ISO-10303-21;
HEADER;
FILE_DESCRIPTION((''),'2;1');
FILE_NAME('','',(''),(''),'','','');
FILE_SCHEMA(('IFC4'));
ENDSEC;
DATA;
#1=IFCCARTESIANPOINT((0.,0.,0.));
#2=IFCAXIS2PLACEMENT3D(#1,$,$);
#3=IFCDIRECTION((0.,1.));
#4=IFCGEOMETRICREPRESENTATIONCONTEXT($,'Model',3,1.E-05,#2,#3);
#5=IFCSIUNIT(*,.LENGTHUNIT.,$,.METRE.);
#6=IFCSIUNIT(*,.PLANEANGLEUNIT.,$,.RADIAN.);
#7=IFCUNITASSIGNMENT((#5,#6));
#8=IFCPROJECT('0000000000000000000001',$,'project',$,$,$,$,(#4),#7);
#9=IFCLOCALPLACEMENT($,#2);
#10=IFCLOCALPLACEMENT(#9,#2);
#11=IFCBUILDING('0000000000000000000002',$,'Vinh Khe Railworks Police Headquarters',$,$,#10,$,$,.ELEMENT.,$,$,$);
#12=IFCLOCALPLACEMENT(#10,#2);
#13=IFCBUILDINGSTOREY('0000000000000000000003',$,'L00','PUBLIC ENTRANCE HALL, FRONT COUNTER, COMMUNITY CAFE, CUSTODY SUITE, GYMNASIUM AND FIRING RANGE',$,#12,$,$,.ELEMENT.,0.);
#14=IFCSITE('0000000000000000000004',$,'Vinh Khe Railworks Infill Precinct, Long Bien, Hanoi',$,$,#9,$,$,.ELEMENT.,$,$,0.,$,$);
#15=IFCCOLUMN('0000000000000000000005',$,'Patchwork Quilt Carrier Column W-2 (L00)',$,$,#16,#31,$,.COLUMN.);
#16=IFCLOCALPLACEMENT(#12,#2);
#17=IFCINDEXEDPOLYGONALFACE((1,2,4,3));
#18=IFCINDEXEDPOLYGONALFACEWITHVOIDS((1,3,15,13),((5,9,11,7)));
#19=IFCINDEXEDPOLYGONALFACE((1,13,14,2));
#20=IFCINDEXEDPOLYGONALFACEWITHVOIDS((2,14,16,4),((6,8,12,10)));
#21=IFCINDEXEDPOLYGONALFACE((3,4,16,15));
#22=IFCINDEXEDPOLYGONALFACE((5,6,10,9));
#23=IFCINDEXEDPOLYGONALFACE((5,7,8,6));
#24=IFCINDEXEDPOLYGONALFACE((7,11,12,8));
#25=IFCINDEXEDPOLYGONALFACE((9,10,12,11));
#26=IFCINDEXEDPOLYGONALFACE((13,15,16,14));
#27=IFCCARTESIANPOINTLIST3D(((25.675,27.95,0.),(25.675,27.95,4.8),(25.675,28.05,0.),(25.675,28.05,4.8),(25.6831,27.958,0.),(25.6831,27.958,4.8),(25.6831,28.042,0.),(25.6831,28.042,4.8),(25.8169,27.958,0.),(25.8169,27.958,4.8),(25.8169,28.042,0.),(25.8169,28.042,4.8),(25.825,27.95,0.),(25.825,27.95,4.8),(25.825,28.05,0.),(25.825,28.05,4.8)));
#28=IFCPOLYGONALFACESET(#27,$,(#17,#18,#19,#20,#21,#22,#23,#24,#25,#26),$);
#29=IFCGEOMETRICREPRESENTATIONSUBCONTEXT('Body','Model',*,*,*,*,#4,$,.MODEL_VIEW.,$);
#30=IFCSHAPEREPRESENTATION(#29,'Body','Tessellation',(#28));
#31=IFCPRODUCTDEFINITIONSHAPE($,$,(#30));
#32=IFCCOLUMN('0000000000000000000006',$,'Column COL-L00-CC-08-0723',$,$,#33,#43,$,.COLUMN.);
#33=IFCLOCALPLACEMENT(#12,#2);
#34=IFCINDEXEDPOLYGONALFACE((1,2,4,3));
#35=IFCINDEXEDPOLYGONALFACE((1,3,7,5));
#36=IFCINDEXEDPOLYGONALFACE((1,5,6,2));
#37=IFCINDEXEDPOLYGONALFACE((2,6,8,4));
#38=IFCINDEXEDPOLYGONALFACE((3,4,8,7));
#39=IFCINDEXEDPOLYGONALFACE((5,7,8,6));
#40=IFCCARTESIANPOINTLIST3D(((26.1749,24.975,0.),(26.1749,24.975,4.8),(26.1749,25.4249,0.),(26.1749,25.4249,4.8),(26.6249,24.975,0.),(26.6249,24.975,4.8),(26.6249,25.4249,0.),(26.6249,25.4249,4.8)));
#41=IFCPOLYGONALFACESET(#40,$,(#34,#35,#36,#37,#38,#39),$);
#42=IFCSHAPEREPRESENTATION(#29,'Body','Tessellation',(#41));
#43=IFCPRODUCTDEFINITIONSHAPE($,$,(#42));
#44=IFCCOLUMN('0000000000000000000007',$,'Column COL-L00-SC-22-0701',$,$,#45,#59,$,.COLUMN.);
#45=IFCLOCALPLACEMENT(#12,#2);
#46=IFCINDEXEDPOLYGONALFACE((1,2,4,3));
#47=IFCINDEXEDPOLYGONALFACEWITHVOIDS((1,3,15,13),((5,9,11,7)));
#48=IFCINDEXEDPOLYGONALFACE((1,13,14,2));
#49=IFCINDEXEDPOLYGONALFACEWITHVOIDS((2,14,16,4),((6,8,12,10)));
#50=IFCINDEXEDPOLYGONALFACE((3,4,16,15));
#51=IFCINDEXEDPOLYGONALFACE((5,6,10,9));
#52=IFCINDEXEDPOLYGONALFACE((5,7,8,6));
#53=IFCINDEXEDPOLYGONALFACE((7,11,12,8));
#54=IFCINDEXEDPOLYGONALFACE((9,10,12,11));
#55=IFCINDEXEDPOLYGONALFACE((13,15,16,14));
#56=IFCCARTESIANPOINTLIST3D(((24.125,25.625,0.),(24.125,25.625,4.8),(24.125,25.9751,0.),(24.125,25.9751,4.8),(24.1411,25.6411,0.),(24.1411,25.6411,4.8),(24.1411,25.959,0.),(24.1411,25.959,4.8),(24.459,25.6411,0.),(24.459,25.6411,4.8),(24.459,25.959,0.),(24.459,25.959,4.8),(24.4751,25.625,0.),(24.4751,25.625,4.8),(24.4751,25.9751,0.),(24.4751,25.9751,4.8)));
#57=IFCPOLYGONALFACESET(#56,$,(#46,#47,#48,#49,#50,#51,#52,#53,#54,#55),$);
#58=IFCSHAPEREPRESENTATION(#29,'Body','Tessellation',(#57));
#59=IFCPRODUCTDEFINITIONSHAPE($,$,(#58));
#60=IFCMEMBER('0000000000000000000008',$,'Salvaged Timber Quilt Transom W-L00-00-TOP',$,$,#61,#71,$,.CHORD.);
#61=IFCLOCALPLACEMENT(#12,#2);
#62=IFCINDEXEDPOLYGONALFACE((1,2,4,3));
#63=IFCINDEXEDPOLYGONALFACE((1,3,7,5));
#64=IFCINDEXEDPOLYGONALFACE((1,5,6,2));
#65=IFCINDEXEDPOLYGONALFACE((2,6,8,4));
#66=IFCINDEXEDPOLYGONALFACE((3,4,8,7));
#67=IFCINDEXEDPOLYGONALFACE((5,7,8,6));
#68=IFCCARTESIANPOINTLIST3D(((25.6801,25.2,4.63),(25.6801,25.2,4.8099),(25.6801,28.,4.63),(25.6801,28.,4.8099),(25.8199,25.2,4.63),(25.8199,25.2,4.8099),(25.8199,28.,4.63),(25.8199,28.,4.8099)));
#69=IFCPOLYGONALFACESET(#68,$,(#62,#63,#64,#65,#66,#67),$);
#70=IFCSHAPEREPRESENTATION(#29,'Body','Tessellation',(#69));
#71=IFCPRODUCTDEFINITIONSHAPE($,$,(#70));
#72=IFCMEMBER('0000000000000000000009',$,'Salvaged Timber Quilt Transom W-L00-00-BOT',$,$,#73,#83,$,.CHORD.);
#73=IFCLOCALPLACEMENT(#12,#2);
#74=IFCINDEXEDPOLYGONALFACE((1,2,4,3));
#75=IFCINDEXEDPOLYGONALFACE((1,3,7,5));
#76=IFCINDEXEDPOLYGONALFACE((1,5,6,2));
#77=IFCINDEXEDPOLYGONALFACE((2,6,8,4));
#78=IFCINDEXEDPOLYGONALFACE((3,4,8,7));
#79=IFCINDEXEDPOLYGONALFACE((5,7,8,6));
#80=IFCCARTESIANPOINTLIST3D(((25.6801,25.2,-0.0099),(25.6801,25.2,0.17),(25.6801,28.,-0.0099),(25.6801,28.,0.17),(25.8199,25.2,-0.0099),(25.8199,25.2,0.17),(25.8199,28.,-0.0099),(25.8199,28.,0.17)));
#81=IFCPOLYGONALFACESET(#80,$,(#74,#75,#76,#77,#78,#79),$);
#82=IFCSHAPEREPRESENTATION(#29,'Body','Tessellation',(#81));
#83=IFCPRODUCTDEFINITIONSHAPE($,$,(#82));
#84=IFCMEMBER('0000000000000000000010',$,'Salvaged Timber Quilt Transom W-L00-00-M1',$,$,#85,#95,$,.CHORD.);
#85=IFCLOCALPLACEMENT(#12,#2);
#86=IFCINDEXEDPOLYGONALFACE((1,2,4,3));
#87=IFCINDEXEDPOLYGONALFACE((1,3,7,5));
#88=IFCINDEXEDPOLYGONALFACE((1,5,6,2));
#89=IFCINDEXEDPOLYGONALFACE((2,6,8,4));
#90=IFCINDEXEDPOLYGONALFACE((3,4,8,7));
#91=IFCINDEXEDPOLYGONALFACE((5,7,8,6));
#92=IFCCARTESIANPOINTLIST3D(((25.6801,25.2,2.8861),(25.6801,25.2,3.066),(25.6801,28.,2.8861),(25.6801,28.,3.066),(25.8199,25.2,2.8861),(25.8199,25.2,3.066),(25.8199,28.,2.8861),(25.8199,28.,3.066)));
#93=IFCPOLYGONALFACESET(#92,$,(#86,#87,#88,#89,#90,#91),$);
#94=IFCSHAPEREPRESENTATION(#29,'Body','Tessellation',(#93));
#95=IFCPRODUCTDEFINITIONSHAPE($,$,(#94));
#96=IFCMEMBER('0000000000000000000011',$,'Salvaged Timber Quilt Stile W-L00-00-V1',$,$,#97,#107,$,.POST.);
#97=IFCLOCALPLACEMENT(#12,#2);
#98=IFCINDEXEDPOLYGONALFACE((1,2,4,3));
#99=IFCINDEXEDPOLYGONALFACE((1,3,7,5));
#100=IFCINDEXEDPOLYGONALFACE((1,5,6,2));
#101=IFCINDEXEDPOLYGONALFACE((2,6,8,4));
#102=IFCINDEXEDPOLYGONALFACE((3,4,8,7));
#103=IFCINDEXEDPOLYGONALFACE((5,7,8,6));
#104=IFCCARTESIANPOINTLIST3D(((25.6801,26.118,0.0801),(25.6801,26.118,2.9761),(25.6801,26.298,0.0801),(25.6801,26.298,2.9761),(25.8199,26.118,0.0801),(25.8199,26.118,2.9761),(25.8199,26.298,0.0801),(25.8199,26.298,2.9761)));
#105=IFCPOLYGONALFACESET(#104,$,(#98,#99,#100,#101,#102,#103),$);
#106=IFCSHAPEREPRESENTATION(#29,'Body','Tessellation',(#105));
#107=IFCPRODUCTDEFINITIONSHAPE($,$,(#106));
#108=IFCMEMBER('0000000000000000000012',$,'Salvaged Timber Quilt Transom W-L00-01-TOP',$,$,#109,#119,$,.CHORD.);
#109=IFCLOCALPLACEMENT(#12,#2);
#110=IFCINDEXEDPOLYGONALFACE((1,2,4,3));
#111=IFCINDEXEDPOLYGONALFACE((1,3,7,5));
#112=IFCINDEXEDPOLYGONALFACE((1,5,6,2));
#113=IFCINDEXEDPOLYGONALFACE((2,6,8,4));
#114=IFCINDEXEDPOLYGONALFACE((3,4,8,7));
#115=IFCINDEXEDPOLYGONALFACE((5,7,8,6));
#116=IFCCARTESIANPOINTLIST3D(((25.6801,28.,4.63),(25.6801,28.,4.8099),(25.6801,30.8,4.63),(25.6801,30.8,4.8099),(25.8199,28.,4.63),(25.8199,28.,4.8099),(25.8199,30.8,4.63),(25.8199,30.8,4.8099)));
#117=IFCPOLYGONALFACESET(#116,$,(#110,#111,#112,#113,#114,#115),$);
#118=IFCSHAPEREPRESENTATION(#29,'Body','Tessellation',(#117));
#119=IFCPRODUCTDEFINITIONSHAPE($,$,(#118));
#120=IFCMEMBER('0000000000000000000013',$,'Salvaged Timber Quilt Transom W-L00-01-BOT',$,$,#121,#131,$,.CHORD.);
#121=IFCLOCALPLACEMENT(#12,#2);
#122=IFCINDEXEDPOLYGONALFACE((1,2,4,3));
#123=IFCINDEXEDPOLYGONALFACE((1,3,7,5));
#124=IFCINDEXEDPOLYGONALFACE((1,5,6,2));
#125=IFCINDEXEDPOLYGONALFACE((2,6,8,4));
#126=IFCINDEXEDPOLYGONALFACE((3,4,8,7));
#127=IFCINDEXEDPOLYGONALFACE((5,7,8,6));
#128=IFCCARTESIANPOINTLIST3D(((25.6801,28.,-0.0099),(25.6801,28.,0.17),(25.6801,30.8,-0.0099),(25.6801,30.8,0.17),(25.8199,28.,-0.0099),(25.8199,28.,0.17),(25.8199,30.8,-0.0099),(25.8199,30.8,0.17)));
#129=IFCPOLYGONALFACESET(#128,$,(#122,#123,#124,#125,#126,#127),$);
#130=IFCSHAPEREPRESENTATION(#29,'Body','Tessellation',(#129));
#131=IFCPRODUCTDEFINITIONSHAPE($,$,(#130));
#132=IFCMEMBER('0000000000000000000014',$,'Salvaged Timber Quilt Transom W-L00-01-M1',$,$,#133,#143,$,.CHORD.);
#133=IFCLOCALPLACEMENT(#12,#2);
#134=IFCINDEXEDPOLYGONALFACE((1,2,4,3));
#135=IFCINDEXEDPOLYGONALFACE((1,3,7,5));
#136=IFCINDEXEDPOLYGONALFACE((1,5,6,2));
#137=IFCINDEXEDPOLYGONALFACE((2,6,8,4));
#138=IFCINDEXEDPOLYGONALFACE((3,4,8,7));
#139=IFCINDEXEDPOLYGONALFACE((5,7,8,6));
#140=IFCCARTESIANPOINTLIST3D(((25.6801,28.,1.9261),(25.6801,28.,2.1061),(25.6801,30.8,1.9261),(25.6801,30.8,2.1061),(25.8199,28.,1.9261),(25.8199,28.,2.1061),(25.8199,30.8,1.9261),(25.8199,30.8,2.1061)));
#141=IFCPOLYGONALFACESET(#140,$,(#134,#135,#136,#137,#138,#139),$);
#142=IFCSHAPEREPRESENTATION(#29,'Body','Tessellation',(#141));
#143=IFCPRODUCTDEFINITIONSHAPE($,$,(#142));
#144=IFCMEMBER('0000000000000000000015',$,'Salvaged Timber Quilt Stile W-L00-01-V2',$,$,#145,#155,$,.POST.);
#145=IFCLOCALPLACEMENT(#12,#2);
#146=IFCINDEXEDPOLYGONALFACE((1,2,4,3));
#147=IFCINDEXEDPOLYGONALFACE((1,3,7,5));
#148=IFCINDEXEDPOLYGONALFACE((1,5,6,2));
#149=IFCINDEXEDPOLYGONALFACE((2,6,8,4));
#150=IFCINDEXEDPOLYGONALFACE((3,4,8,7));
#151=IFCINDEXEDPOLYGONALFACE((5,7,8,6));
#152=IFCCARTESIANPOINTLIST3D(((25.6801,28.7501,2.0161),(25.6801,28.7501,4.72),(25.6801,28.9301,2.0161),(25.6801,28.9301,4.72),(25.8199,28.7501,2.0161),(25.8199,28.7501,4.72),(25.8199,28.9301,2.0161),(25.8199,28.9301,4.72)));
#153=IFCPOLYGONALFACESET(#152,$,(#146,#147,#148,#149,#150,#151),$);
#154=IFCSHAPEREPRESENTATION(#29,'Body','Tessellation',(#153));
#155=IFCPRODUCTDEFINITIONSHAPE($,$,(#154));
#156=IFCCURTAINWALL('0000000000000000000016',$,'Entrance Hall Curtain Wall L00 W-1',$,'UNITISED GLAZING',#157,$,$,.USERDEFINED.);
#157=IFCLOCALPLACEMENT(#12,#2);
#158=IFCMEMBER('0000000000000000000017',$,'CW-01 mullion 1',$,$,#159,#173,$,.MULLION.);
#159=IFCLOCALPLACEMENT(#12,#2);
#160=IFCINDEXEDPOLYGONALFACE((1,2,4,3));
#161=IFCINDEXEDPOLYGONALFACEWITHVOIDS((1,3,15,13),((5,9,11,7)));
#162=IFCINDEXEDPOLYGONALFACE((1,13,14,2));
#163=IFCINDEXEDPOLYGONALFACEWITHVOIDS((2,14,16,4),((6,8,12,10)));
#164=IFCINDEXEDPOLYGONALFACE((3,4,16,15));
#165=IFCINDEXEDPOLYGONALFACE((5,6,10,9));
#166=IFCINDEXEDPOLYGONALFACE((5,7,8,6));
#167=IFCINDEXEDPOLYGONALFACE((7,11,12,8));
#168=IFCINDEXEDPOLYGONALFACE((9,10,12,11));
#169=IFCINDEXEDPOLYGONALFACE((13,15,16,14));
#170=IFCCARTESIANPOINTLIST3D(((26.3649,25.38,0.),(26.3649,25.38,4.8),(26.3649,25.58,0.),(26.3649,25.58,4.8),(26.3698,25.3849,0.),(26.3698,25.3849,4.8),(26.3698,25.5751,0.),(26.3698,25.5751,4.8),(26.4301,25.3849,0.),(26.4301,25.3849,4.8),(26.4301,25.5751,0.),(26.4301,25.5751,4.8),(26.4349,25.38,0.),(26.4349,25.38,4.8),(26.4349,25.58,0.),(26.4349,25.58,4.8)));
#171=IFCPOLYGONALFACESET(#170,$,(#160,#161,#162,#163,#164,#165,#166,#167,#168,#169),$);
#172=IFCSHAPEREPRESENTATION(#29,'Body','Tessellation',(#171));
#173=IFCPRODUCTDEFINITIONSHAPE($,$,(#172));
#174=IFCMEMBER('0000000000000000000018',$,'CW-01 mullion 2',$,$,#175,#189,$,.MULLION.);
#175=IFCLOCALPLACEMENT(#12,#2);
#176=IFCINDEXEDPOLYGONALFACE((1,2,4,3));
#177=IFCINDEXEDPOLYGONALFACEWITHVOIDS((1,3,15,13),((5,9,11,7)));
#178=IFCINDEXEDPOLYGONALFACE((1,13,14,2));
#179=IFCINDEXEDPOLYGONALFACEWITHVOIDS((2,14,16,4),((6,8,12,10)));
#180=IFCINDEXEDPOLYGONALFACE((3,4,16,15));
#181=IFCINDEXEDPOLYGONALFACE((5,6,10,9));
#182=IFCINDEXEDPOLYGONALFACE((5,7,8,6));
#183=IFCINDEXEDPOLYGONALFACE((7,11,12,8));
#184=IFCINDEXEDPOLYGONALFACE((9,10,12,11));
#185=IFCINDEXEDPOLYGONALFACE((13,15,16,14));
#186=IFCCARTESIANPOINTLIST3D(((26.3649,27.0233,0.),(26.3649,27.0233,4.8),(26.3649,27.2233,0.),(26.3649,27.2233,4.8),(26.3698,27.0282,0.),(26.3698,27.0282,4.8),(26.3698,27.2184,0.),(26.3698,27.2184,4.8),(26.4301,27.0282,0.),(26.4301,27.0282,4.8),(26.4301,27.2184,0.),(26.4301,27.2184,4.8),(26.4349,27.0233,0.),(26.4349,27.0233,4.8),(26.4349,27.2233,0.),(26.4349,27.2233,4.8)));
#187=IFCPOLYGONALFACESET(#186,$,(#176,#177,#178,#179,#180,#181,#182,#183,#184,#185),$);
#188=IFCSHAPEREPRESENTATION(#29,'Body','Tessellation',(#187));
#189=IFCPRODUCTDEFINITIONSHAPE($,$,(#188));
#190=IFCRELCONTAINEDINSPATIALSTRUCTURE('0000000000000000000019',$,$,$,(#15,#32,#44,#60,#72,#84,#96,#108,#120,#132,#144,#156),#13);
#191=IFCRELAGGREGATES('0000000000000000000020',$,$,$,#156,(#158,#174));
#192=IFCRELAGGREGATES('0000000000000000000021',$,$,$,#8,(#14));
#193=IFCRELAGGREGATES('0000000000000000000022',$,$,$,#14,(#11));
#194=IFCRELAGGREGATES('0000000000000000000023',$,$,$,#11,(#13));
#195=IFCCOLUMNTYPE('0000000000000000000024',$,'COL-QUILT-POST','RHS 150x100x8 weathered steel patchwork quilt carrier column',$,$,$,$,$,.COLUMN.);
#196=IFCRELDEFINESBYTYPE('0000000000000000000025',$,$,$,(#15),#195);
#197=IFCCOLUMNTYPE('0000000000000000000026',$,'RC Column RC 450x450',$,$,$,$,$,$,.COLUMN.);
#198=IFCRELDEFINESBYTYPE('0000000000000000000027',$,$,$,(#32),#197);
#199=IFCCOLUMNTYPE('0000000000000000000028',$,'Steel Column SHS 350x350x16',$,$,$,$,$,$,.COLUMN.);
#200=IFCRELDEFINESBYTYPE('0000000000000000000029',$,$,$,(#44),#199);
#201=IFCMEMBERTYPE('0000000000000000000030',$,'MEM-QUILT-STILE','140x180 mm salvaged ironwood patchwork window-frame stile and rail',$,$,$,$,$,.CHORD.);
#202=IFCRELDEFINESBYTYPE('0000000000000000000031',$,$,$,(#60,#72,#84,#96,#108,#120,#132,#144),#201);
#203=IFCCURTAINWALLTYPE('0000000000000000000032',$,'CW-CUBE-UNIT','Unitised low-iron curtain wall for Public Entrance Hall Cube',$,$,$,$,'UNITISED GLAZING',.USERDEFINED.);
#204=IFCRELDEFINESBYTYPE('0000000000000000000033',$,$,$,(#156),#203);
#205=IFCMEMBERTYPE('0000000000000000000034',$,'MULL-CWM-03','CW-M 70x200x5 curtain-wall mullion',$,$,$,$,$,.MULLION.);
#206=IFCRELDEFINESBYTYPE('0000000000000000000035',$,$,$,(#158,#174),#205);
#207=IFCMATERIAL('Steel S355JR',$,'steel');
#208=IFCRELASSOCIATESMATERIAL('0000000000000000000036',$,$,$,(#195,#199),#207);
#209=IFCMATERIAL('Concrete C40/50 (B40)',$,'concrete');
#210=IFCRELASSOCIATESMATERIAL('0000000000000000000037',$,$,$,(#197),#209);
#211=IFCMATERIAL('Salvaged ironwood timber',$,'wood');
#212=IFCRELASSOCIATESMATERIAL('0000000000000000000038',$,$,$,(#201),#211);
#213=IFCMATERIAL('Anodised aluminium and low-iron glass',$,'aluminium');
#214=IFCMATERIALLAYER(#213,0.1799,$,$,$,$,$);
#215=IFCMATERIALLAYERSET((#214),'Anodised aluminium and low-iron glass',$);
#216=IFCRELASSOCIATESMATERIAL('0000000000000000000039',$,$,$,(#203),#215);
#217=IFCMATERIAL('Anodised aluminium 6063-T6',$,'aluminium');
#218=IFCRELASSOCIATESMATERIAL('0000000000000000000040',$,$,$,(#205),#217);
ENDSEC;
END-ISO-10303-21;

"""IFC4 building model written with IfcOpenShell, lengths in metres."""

from ifc_helpers import new_model, si_unit, direction, frame, origin, origin_2d, place, context, subcontext, project, spatial, rectangle, hollow_rectangle, extrude, material, layer, layer_set, material_profile, profile_set, type_object, element, aggregate, save


model = new_model("IFC4")

# Units and contexts
model_context = context("Model", 3, precision=1e-05, world=origin(), true_north=direction((0.0, 1.0)))
body_context = subcontext(model_context, "Body", "Model", "MODEL_VIEW")
ifc_project = project(units=[si_unit("LENGTHUNIT", "METRE"), si_unit("PLANEANGLEUNIT", "RADIAN")], contexts=[model_context])

# Site, building, storey
site_placement = place(None, origin())
site = spatial("IfcSite", under=ifc_project, at=site_placement, Name="Vinh Khe Railworks Infill Precinct, Long Bien, Hanoi", CompositionType="ELEMENT", RefElevation=0.0)
building_placement = place(site_placement, origin())
building = spatial("IfcBuilding", under=site, at=building_placement, Name="Vinh Khe Railworks Police Headquarters", CompositionType="ELEMENT")
storey_placement = place(building_placement, origin())
storey = spatial("IfcBuildingStorey", under=building, at=storey_placement, Name="L00", Description="PUBLIC ENTRANCE HALL, FRONT COUNTER, COMMUNITY CAFE, CUSTODY SUITE, GYMNASIUM AND FIRING RANGE", CompositionType="ELEMENT", Elevation=0.0)

# Columns
ifc_material_1 = material(Name="Steel S355JR", Category="steel")
ifc_material_profile_1 = material_profile(ifc_material_1, hollow_rectangle(XDim=0.1499, YDim=0.1001, WallThickness=0.0081, at=origin_2d()), Name="RHS 150x100x8")
ifc_profile_set_1 = profile_set([ifc_material_profile_1], Name="Steel S355JR")
column_type_1 = type_object("IfcColumnType", Name="COL-QUILT-POST", Description="RHS 150x100x8 weathered steel patchwork quilt carrier column", PredefinedType="COLUMN", material=ifc_profile_set_1)
column_1_placement = place(storey_placement, frame((25.75, 28.0, 0.0), z_axis=(0.0, 0.0, 1.0), x_axis=(1.0, 0.0, 0.0)))
element("IfcColumn", 1, at=column_1_placement, inside=storey, type_object=column_type_1, Name="Patchwork Quilt Carrier Column W-2 (L00)", PredefinedType="COLUMN", context=body_context, shape_type="SweptSolid", body=[
    extrude(hollow_rectangle(XDim=0.1499, YDim=0.1001, WallThickness=0.0081, at=origin_2d()), origin(), (0.0, 0.0, 1.0), 4.8),
])
ifc_material_2 = material(Name="Concrete C40/50 (B40)", Category="concrete")
ifc_material_profile_2 = material_profile(ifc_material_2, rectangle(XDim=0.45, YDim=0.45, at=origin_2d()), Name="RC 450x450")
ifc_profile_set_2 = profile_set([ifc_material_profile_2], Name="Concrete C40/50 (B40)")
column_type_2 = type_object("IfcColumnType", Name="RC Column RC 450x450", PredefinedType="COLUMN", material=ifc_profile_set_2)
column_2_placement = place(storey_placement, frame((26.3999, 25.2, 0.0), z_axis=(0.0, 0.0, 1.0), x_axis=(1.0, 0.0, 0.0)))
element("IfcColumn", 2, at=column_2_placement, inside=storey, type_object=column_type_2, Name="Column COL-L00-CC-08-0723", PredefinedType="COLUMN", context=body_context, shape_type="SweptSolid", body=[
    extrude(rectangle(XDim=0.45, YDim=0.45, at=origin_2d()), origin(), (0.0, 0.0, 1.0), 4.8),
])
ifc_material_profile_3 = material_profile(ifc_material_1, hollow_rectangle(XDim=0.3501, YDim=0.3501, WallThickness=0.0161, at=origin_2d()), Name="SHS 350x350x16")
ifc_profile_set_3 = profile_set([ifc_material_profile_3], Name="Steel S355JR")
column_type_3 = type_object("IfcColumnType", Name="Steel Column SHS 350x350x16", PredefinedType="COLUMN", material=ifc_profile_set_3)
column_3_placement = place(storey_placement, frame((24.3, 25.8, 0.0), z_axis=(0.0, 0.0, 1.0), x_axis=(1.0, 0.0, 0.0)))
element("IfcColumn", 3, at=column_3_placement, inside=storey, type_object=column_type_3, Name="Column COL-L00-SC-22-0701", PredefinedType="COLUMN", context=body_context, shape_type="SweptSolid", body=[
    extrude(hollow_rectangle(XDim=0.3501, YDim=0.3501, WallThickness=0.0161, at=origin_2d()), origin(), (0.0, 0.0, 1.0), 4.8),
])

# Members
ifc_material_3 = material(Name="Salvaged ironwood timber", Category="wood")
ifc_material_profile_4 = material_profile(ifc_material_3, rectangle(XDim=0.1399, YDim=0.1799, at=origin_2d()), Name="TIMBER 140x180")
ifc_profile_set_4 = profile_set([ifc_material_profile_4], Name="Salvaged ironwood timber")
member_type_1 = type_object("IfcMemberType", Name="MEM-QUILT-STILE", Description="140x180 mm salvaged ironwood patchwork window-frame stile and rail", PredefinedType="CHORD", material=ifc_profile_set_4)
for number, where, z_axis, x_axis, name in (
    (4, (25.75, 25.2, 4.72), (0.0, 1.0, 0.0), (-1.0, 0.0, 0.0), "Salvaged Timber Quilt Transom W-L00-00-TOP"),
    (5, (25.75, 25.2, 0.0801), (0.0, 1.0, 0.0), (-1.0, 0.0, 0.0), "Salvaged Timber Quilt Transom W-L00-00-BOT"),
    (6, (25.75, 25.2, 2.9761), (0.0, 1.0, 0.0), (-1.0, 0.0, 0.0), "Salvaged Timber Quilt Transom W-L00-00-M1"),
):
    element("IfcMember", number, at=place(storey_placement, frame(where, z_axis=z_axis, x_axis=x_axis)), inside=storey, type_object=member_type_1, Name=name, PredefinedType="CHORD", context=body_context, shape_type="SweptSolid", body=[
        extrude(rectangle(XDim=0.1399, YDim=0.1799, at=origin_2d()), origin(), (0.0, 0.0, 1.0), 2.8),
    ])
member_1_placement = place(storey_placement, frame((25.75, 26.208, 0.0801), z_axis=(0.0, 0.0, 1.0), x_axis=(1.0, 0.0, 0.0)))
element("IfcMember", 7, at=member_1_placement, inside=storey, type_object=member_type_1, Name="Salvaged Timber Quilt Stile W-L00-00-V1", PredefinedType="POST", context=body_context, shape_type="SweptSolid", body=[
    extrude(rectangle(XDim=0.1399, YDim=0.1799, at=origin_2d()), origin(), (0.0, 0.0, 1.0), 2.896),
])
for number, where, z_axis, x_axis, name in (
    (8, (25.75, 28.0, 4.72), (0.0, 1.0, 0.0), (-1.0, 0.0, 0.0), "Salvaged Timber Quilt Transom W-L00-01-TOP"),
    (9, (25.75, 28.0, 0.0801), (0.0, 1.0, 0.0), (-1.0, 0.0, 0.0), "Salvaged Timber Quilt Transom W-L00-01-BOT"),
    (10, (25.75, 28.0, 2.0161), (0.0, 1.0, 0.0), (-1.0, 0.0, 0.0), "Salvaged Timber Quilt Transom W-L00-01-M1"),
):
    element("IfcMember", number, at=place(storey_placement, frame(where, z_axis=z_axis, x_axis=x_axis)), inside=storey, type_object=member_type_1, Name=name, PredefinedType="CHORD", context=body_context, shape_type="SweptSolid", body=[
        extrude(rectangle(XDim=0.1399, YDim=0.1799, at=origin_2d()), origin(), (0.0, 0.0, 1.0), 2.8),
    ])
member_2_placement = place(storey_placement, frame((25.75, 28.8401, 2.0161), z_axis=(0.0, 0.0, 1.0), x_axis=(1.0, 0.0, 0.0)))
element("IfcMember", 11, at=member_2_placement, inside=storey, type_object=member_type_1, Name="Salvaged Timber Quilt Stile W-L00-01-V2", PredefinedType="POST", context=body_context, shape_type="SweptSolid", body=[
    extrude(rectangle(XDim=0.1399, YDim=0.1799, at=origin_2d()), origin(), (0.0, 0.0, 1.0), 2.7039),
])

# Curtain wall, members
ifc_material_4 = material(Name="Anodised aluminium and low-iron glass", Category="aluminium")
ifc_layer_1 = layer(ifc_material_4, 0.1799)
ifc_layer_set_1 = layer_set([ifc_layer_1], Name="Anodised aluminium and low-iron glass")
curtain_wall_type = type_object("IfcCurtainWallType", Name="CW-CUBE-UNIT", Description="Unitised low-iron curtain wall for Public Entrance Hall Cube", ElementType="UNITISED GLAZING", PredefinedType="USERDEFINED", material=ifc_layer_set_1)
curtain_wall_placement = place(storey_placement, origin())
curtain_wall = element("IfcCurtainWall", 12, at=curtain_wall_placement, inside=storey, type_object=curtain_wall_type, Name="Entrance Hall Curtain Wall L00 W-1", ObjectType="UNITISED GLAZING", PredefinedType="USERDEFINED")
ifc_material_5 = material(Name="Anodised aluminium 6063-T6", Category="aluminium")
ifc_material_profile_5 = material_profile(ifc_material_5, hollow_rectangle(XDim=0.0701, YDim=0.2, WallThickness=0.0049, at=origin_2d()), Name="CW-M 70x200x5")
ifc_profile_set_5 = profile_set([ifc_material_profile_5], Name="Anodised aluminium 6063-T6")
member_type_2 = type_object("IfcMemberType", Name="MULL-CWM-03", Description="CW-M 70x200x5 curtain-wall mullion", PredefinedType="MULLION", material=ifc_profile_set_5)
member_3_placement = place(storey_placement, frame((26.3999, 25.48, 0.0), z_axis=(0.0, 0.0, 1.0), x_axis=(-1.0, 0.0, 0.0)))
member_3 = element("IfcMember", 13, at=member_3_placement, type_object=member_type_2, Name="CW-01 mullion 1", PredefinedType="MULLION", context=body_context, shape_type="SweptSolid", body=[
    extrude(hollow_rectangle(XDim=0.0701, YDim=0.2, WallThickness=0.0049, at=origin_2d()), origin(), (0.0, 0.0, 1.0), 4.8),
])
member_4_placement = place(storey_placement, frame((26.3999, 27.1233, 0.0), z_axis=(0.0, 0.0, 1.0), x_axis=(-1.0, 0.0, 0.0)))
member_4 = element("IfcMember", 14, at=member_4_placement, type_object=member_type_2, Name="CW-01 mullion 2", PredefinedType="MULLION", context=body_context, shape_type="SweptSolid", body=[
    extrude(hollow_rectangle(XDim=0.0701, YDim=0.2, WallThickness=0.0049, at=origin_2d()), origin(), (0.0, 0.0, 1.0), 4.8),
])

aggregate(curtain_wall, [member_3, member_4])

save(model, "model.ifc")
